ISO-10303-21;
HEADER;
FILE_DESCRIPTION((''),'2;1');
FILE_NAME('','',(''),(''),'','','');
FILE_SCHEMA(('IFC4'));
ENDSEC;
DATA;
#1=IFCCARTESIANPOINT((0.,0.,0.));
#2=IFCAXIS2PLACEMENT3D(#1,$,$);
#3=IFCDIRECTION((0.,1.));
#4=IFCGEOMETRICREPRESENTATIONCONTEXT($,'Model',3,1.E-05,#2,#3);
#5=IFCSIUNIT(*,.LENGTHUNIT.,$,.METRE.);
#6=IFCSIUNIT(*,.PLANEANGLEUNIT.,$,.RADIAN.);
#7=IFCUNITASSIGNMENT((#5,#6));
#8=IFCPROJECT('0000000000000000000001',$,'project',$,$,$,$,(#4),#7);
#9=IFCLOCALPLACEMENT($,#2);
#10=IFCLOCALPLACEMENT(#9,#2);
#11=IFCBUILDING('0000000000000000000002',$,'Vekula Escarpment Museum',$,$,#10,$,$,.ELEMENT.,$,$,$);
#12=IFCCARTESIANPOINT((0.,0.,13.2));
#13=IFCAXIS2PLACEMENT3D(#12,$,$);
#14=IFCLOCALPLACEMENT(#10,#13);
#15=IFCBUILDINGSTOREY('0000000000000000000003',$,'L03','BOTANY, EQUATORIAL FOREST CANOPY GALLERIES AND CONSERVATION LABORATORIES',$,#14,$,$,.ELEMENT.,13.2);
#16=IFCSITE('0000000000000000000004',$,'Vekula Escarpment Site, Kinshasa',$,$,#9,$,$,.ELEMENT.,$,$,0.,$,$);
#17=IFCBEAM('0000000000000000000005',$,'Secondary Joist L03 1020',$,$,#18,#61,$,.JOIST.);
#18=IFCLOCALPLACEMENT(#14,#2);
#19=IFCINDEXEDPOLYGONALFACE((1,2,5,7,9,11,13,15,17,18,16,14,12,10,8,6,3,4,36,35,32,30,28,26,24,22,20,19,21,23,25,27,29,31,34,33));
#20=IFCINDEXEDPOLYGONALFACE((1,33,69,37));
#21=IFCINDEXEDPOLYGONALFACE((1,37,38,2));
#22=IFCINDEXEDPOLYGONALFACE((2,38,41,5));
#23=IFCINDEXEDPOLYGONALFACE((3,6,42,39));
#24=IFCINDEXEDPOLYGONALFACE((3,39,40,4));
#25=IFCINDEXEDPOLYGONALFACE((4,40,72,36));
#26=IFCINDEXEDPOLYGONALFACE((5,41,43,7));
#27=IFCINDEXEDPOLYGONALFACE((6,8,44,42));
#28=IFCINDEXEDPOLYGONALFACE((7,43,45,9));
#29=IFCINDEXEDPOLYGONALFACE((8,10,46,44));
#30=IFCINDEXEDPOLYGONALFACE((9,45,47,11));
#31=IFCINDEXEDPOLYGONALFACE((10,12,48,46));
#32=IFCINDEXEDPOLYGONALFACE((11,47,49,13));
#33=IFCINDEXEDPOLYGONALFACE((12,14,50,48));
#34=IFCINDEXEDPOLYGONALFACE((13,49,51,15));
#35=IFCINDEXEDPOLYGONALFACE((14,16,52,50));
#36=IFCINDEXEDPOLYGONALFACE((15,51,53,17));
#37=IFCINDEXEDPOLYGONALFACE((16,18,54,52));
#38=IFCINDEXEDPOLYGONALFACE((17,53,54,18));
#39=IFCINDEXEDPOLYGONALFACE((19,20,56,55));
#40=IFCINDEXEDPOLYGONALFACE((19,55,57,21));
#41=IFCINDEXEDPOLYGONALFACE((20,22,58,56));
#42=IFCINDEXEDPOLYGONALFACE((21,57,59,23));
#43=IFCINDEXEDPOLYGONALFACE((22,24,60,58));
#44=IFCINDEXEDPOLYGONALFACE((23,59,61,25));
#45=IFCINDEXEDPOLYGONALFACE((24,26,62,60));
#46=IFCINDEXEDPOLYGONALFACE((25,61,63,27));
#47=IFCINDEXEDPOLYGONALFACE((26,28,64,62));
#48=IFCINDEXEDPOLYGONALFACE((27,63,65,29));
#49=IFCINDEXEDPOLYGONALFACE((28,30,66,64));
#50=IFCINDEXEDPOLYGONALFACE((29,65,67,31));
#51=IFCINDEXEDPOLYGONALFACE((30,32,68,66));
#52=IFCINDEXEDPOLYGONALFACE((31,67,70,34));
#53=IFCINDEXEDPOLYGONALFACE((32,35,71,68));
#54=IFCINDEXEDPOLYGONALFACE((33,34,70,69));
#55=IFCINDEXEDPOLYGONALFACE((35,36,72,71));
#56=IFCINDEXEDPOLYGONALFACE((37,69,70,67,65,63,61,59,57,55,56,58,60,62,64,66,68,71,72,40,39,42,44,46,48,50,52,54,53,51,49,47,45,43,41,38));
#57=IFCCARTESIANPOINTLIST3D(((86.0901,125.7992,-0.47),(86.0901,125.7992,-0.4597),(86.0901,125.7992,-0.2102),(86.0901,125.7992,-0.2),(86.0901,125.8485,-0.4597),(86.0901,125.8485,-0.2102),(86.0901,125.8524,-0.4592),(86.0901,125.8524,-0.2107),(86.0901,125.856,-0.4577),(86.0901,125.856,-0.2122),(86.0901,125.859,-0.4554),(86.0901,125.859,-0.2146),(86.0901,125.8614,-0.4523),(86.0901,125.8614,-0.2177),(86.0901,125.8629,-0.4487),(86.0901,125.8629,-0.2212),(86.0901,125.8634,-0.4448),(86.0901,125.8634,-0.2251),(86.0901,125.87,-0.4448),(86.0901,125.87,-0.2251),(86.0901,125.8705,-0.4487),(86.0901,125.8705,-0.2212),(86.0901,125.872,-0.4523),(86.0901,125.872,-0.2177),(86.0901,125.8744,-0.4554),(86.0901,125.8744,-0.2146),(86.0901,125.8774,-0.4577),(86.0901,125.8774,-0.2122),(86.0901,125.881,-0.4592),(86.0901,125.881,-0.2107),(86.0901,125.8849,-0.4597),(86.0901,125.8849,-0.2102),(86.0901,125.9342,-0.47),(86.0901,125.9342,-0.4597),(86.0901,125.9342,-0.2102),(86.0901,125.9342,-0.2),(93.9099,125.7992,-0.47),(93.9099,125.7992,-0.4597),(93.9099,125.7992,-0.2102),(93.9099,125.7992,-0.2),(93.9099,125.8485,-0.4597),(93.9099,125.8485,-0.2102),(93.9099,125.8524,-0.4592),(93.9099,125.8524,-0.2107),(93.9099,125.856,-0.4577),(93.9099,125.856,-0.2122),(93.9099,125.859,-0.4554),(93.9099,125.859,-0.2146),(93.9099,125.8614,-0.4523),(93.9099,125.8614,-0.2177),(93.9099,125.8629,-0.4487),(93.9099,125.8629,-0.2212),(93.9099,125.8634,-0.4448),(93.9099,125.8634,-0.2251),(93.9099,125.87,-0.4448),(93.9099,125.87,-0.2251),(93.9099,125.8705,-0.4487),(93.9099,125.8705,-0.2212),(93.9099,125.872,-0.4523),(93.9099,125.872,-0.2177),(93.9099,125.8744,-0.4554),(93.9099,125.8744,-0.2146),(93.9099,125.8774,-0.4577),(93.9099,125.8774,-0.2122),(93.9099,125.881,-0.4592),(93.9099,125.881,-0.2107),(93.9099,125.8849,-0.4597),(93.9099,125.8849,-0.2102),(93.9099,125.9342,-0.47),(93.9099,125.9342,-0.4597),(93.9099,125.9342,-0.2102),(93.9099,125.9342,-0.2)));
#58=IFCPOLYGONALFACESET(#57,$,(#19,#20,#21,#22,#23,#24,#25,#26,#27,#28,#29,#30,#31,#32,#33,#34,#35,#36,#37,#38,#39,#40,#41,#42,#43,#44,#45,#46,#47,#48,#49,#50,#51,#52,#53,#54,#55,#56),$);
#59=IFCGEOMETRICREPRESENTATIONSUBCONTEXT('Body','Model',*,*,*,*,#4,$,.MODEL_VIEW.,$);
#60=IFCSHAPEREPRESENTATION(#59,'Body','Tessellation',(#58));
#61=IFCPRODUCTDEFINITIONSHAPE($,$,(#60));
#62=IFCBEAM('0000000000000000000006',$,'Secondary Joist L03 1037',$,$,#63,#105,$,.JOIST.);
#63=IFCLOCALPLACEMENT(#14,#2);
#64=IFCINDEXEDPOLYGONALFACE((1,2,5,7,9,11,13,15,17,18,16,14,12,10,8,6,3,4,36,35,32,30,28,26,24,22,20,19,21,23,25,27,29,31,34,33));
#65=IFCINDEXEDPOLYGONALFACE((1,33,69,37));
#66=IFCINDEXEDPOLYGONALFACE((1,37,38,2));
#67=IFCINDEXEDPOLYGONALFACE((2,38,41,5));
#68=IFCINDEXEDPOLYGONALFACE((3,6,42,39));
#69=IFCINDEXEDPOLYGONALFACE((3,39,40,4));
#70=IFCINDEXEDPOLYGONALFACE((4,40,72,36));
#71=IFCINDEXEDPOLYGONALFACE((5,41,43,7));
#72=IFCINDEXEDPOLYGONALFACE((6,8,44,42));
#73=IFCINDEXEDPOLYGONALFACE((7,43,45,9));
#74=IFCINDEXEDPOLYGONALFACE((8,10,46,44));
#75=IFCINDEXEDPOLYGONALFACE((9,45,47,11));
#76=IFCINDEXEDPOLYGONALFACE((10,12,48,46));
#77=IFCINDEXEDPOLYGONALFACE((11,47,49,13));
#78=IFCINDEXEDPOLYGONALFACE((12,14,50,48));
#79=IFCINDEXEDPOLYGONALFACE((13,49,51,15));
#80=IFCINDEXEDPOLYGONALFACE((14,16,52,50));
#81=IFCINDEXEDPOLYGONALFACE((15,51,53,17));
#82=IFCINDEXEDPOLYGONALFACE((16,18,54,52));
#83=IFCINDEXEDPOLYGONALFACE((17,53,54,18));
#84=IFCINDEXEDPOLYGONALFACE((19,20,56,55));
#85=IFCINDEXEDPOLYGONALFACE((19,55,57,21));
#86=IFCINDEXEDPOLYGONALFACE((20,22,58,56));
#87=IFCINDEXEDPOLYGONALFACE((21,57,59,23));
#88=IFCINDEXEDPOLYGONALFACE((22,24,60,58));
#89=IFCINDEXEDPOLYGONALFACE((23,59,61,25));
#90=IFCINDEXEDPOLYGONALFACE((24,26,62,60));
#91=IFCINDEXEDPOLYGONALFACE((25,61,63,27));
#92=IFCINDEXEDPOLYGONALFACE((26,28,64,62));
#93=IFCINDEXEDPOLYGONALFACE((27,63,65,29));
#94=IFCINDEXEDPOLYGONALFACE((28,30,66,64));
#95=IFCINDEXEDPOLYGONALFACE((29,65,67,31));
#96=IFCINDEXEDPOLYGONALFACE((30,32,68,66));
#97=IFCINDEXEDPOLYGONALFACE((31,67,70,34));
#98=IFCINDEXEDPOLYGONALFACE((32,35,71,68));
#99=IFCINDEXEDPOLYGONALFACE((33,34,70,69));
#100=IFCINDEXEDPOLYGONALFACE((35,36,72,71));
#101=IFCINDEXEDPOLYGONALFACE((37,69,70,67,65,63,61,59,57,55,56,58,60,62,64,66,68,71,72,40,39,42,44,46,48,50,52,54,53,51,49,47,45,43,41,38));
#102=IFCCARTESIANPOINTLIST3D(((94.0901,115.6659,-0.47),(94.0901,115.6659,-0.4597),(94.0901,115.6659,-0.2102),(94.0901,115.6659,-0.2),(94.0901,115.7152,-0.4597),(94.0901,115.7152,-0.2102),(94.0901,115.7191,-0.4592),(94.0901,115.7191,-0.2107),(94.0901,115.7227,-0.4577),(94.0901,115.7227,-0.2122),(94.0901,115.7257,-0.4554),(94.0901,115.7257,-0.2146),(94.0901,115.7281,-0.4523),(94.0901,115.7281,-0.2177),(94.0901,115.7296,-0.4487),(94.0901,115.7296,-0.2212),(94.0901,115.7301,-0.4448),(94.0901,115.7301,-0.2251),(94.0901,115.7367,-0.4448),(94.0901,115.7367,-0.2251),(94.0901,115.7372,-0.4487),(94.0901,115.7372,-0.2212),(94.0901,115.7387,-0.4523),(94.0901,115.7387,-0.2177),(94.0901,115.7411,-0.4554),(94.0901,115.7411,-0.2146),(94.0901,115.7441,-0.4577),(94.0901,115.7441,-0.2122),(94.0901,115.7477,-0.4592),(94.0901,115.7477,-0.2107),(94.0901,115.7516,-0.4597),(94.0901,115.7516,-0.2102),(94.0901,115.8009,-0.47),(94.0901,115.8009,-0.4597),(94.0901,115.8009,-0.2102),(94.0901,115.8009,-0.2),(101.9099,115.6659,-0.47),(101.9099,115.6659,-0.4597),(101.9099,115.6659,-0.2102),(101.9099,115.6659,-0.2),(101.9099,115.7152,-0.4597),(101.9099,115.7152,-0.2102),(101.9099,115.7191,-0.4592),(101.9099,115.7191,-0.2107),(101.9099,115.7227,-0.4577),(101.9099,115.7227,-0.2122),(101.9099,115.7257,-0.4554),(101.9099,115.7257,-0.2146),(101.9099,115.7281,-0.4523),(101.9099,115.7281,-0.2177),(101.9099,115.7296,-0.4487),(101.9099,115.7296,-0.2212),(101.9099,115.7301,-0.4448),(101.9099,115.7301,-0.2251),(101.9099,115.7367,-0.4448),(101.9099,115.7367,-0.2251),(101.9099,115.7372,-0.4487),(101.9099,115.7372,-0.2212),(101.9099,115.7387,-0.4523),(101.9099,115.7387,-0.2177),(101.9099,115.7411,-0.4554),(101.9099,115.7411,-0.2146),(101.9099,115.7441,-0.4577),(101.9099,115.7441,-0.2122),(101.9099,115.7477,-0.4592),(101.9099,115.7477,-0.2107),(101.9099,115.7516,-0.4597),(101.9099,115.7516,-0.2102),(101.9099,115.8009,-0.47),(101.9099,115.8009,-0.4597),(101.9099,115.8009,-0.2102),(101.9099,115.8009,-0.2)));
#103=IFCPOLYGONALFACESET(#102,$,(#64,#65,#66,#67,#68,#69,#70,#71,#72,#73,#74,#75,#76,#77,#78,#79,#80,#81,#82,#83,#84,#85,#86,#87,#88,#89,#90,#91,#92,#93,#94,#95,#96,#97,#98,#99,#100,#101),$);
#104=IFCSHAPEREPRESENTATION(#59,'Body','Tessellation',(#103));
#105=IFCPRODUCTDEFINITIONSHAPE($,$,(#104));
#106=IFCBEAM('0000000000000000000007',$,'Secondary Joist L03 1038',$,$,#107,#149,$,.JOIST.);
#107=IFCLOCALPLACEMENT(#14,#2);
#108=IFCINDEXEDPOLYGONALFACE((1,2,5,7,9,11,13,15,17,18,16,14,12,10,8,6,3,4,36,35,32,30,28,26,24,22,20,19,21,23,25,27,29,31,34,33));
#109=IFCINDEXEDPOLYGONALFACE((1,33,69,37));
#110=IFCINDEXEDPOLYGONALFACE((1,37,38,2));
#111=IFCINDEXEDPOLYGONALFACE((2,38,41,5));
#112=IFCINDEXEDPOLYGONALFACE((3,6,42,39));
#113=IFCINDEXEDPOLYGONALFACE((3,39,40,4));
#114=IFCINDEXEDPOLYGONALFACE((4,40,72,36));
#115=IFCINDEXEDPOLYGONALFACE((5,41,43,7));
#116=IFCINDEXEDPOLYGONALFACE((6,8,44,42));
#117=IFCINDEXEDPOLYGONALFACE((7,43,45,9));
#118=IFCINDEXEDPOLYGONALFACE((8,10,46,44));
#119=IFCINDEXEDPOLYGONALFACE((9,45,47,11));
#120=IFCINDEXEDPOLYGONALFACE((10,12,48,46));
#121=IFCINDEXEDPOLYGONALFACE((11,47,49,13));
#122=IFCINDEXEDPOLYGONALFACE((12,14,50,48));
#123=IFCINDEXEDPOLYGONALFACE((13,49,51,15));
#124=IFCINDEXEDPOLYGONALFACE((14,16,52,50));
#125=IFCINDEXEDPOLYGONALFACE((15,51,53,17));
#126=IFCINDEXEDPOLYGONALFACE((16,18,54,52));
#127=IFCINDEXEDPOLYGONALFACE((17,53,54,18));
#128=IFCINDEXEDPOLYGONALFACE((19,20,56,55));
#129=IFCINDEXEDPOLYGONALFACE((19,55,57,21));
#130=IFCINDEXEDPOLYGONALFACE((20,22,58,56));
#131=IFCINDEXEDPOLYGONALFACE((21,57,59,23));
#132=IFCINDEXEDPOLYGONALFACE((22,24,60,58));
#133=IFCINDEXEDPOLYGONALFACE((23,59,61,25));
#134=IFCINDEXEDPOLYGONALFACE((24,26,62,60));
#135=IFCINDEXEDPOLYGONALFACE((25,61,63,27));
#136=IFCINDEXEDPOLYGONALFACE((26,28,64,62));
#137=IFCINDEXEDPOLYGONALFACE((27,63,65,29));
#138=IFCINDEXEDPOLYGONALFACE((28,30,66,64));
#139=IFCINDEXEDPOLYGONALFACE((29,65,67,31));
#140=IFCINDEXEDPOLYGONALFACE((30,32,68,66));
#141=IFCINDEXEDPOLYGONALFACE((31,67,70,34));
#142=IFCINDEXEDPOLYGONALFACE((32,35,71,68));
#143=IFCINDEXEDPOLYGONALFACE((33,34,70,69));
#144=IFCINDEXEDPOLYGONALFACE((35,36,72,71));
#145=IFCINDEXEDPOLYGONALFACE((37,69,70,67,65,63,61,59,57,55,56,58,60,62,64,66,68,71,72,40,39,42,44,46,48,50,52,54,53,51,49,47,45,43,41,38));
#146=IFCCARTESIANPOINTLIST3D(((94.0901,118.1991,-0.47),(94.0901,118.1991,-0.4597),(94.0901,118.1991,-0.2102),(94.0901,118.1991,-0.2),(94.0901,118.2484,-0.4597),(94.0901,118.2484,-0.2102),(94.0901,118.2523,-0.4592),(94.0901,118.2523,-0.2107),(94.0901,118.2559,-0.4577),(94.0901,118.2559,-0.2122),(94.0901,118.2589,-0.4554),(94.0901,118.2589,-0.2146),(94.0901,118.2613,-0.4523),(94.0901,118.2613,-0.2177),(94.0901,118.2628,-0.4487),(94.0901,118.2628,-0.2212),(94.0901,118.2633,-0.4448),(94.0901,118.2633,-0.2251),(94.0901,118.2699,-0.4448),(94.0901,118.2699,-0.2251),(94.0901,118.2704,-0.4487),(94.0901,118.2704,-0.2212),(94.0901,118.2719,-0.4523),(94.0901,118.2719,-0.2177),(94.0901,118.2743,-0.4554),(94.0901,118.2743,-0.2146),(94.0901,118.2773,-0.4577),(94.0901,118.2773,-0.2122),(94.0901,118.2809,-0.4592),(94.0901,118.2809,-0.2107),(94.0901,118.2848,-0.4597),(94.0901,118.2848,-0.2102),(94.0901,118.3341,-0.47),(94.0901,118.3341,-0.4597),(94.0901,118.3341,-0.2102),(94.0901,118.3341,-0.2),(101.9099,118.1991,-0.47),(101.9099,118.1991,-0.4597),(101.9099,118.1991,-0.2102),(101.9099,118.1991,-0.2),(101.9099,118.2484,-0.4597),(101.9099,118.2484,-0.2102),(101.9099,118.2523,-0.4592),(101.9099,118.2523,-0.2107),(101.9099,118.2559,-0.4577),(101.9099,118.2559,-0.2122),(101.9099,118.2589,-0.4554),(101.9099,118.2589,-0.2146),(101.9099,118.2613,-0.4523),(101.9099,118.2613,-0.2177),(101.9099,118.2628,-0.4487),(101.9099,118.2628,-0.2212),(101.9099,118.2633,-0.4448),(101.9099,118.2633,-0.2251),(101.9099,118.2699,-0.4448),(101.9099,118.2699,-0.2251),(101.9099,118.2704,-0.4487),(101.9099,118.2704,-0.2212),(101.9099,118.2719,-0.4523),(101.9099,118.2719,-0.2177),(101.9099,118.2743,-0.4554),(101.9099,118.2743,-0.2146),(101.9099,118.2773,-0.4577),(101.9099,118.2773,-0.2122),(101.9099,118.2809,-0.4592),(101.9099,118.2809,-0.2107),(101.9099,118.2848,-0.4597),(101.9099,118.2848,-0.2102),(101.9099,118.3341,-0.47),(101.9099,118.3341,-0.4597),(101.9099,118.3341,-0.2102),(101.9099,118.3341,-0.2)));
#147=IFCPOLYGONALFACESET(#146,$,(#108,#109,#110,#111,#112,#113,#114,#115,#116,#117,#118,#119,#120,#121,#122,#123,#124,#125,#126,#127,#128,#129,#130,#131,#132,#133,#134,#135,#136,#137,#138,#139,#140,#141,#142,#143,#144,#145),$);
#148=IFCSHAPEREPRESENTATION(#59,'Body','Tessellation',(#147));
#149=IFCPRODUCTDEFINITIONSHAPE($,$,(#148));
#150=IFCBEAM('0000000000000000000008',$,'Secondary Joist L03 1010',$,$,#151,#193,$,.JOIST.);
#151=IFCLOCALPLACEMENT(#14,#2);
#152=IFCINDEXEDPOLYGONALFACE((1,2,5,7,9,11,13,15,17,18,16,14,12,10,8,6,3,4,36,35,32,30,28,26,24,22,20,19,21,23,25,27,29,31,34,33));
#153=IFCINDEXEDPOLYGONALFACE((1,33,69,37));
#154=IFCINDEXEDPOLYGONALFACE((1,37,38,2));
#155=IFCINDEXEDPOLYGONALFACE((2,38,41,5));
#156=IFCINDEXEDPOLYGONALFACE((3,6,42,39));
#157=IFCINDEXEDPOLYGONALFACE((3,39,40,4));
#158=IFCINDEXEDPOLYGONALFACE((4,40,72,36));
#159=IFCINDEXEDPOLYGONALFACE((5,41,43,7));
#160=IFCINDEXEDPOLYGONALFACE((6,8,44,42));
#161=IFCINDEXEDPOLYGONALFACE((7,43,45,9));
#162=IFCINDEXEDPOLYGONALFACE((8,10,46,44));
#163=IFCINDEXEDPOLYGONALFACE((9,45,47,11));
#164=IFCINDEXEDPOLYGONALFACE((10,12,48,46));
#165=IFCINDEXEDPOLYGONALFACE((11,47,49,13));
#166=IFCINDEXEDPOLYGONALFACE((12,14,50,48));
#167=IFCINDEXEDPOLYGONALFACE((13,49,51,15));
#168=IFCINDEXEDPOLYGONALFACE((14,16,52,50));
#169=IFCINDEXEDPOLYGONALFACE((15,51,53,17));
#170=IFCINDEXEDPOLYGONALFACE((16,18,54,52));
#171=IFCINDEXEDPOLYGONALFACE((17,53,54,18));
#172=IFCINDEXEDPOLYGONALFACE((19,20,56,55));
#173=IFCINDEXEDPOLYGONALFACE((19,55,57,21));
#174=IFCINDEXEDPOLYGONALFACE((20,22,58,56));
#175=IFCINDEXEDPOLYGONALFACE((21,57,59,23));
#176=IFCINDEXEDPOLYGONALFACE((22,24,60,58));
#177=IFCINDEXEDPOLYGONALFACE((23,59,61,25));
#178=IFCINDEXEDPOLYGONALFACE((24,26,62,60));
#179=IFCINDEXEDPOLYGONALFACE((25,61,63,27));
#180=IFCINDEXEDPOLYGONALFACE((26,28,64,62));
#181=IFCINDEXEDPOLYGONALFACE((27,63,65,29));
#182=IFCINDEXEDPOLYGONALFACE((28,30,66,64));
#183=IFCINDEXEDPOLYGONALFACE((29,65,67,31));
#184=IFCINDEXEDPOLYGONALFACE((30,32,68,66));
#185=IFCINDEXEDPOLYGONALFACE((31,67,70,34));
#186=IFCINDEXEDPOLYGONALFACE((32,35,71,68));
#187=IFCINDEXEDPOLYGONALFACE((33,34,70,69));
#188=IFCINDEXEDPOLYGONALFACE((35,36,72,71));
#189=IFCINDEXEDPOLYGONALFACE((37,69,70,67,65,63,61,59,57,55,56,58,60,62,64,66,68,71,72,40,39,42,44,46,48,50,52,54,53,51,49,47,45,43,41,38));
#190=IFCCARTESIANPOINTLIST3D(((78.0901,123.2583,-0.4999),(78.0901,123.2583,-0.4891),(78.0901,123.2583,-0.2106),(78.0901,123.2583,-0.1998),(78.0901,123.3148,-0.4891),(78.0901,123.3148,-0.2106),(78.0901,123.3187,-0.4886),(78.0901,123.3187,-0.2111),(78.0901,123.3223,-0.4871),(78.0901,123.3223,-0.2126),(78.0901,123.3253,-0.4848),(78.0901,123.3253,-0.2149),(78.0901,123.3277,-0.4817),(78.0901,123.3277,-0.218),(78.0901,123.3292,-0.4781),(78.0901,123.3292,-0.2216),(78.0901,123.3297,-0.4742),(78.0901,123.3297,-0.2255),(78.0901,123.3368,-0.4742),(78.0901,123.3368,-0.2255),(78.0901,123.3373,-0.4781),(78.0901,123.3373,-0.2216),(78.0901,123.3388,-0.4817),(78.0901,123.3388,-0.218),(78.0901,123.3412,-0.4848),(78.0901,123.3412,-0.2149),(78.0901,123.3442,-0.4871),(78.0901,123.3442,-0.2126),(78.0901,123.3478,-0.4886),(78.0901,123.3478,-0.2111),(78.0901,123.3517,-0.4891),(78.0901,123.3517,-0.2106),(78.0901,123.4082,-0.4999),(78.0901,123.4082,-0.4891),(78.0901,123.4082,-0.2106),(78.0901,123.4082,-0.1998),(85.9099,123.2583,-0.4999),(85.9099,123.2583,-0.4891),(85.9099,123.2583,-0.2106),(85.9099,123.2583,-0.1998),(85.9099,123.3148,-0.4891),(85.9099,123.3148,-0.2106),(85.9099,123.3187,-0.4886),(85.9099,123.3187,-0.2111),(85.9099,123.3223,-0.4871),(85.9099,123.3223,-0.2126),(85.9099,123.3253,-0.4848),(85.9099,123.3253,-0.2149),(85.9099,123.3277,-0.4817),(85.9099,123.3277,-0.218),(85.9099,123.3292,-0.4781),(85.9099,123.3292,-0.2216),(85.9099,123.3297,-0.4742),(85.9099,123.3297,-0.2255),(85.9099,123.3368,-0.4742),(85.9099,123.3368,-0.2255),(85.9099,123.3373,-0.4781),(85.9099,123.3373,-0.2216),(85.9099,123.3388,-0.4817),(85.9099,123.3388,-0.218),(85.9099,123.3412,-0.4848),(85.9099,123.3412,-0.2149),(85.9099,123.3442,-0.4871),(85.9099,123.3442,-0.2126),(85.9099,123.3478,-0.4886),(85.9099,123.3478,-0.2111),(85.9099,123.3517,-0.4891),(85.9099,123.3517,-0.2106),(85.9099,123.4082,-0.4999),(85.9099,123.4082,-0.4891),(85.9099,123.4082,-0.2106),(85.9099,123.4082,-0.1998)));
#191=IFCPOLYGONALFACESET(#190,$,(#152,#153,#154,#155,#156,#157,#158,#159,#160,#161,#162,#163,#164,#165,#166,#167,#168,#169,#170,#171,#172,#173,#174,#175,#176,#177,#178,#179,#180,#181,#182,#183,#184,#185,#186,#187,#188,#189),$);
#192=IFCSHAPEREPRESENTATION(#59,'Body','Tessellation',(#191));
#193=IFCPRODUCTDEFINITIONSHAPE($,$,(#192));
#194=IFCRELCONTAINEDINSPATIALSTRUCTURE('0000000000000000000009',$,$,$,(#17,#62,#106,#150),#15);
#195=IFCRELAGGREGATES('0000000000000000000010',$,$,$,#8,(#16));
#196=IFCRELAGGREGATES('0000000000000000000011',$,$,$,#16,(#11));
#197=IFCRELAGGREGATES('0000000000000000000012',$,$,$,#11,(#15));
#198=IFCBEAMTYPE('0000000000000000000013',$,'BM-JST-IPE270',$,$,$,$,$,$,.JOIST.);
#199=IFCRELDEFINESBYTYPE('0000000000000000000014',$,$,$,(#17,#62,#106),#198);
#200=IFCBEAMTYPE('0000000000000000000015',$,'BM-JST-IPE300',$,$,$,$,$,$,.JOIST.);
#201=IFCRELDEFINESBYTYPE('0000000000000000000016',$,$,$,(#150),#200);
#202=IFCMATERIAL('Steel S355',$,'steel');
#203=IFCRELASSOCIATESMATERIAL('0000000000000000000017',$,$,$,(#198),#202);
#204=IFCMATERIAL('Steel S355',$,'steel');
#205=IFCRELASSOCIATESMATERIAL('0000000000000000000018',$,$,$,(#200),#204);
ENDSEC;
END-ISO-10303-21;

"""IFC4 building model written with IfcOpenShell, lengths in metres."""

from ifc_helpers import new_model, si_unit, direction, frame, origin, origin_2d, place, context, subcontext, project, spatial, i_section, extrude, material, material_profile, profile_set, type_object, element, save


model = new_model("IFC4")

# Units and contexts
model_context = context("Model", 3, precision=1e-05, world=origin(), true_north=direction((0.0, 1.0)))
body_context = subcontext(model_context, "Body", "Model", "MODEL_VIEW")
ifc_project = project(units=[si_unit("LENGTHUNIT", "METRE"), si_unit("PLANEANGLEUNIT", "RADIAN")], contexts=[model_context])

# Site, building, storey
site_placement = place(None, origin())
site = spatial("IfcSite", under=ifc_project, at=site_placement, Name="Vekula Escarpment Site, Kinshasa", CompositionType="ELEMENT", RefElevation=0.0)
building_placement = place(site_placement, origin())
building = spatial("IfcBuilding", under=site, at=building_placement, Name="Vekula Escarpment Museum", CompositionType="ELEMENT")
storey_placement = place(building_placement, frame((0.0, 0.0, 13.2)))
storey = spatial("IfcBuildingStorey", under=building, at=storey_placement, Name="L03", Description="BOTANY, EQUATORIAL FOREST CANOPY GALLERIES AND CONSERVATION LABORATORIES", CompositionType="ELEMENT", Elevation=13.2)

# Beams
ifc_material_1 = material(Name="Steel S355", Category="steel")
ifc_material_profile_1 = material_profile(ifc_material_1, i_section(OverallWidth=0.135, OverallDepth=0.27, WebThickness=0.0066, FlangeThickness=0.0103, FilletRadius=0.0149, at=origin_2d()), Name="IPE 270")
ifc_profile_set_1 = profile_set([ifc_material_profile_1], Name="Steel S355")
beam_type_1 = type_object("IfcBeamType", Name="BM-JST-IPE270", PredefinedType="JOIST", material=ifc_profile_set_1)
for number, where, z_axis, x_axis, name in (
    (1, (86.0901, 125.8667, -0.335), (1.0, 0.0, 0.0), (0.0, 1.0, 0.0), "Secondary Joist L03 1020"),
    (2, (94.0901, 115.7334, -0.335), (1.0, 0.0, 0.0), (0.0, 1.0, 0.0), "Secondary Joist L03 1037"),
    (3, (94.0901, 118.2666, -0.335), (1.0, 0.0, 0.0), (0.0, 1.0, 0.0), "Secondary Joist L03 1038"),
):
    element("IfcBeam", number, at=place(storey_placement, frame(where, z_axis=z_axis, x_axis=x_axis)), inside=storey, type_object=beam_type_1, Name=name, PredefinedType="JOIST", context=body_context, shape_type="SweptSolid", body=[
        extrude(i_section(OverallWidth=0.135, OverallDepth=0.27, WebThickness=0.0066, FlangeThickness=0.0103, FilletRadius=0.0149, at=origin_2d()), origin(), (0.0, 0.0, 1.0), 7.8198),
    ])
ifc_material_2 = material(Name="Steel S355", Category="steel")
ifc_material_profile_2 = material_profile(ifc_material_2, i_section(OverallWidth=0.1499, OverallDepth=0.3, WebThickness=0.0071, FlangeThickness=0.0107, FilletRadius=0.0149, at=origin_2d()), Name="IPE 300")
ifc_profile_set_2 = profile_set([ifc_material_profile_2], Name="Steel S355")
beam_type_2 = type_object("IfcBeamType", Name="BM-JST-IPE300", PredefinedType="JOIST", material=ifc_profile_set_2)
for number, where, z_axis, x_axis, name in (
    (4, (78.0901, 123.3333, -0.3499), (1.0, 0.0, 0.0), (0.0, 1.0, 0.0), "Secondary Joist L03 1010"),
):
    element("IfcBeam", number, at=place(storey_placement, frame(where, z_axis=z_axis, x_axis=x_axis)), inside=storey, type_object=beam_type_2, Name=name, PredefinedType="JOIST", context=body_context, shape_type="SweptSolid", body=[
        extrude(i_section(OverallWidth=0.1499, OverallDepth=0.3, WebThickness=0.0071, FlangeThickness=0.0107, FilletRadius=0.0149, at=origin_2d()), origin(), (0.0, 0.0, 1.0), 7.8198),
    ])

save(model, "model.ifc")
